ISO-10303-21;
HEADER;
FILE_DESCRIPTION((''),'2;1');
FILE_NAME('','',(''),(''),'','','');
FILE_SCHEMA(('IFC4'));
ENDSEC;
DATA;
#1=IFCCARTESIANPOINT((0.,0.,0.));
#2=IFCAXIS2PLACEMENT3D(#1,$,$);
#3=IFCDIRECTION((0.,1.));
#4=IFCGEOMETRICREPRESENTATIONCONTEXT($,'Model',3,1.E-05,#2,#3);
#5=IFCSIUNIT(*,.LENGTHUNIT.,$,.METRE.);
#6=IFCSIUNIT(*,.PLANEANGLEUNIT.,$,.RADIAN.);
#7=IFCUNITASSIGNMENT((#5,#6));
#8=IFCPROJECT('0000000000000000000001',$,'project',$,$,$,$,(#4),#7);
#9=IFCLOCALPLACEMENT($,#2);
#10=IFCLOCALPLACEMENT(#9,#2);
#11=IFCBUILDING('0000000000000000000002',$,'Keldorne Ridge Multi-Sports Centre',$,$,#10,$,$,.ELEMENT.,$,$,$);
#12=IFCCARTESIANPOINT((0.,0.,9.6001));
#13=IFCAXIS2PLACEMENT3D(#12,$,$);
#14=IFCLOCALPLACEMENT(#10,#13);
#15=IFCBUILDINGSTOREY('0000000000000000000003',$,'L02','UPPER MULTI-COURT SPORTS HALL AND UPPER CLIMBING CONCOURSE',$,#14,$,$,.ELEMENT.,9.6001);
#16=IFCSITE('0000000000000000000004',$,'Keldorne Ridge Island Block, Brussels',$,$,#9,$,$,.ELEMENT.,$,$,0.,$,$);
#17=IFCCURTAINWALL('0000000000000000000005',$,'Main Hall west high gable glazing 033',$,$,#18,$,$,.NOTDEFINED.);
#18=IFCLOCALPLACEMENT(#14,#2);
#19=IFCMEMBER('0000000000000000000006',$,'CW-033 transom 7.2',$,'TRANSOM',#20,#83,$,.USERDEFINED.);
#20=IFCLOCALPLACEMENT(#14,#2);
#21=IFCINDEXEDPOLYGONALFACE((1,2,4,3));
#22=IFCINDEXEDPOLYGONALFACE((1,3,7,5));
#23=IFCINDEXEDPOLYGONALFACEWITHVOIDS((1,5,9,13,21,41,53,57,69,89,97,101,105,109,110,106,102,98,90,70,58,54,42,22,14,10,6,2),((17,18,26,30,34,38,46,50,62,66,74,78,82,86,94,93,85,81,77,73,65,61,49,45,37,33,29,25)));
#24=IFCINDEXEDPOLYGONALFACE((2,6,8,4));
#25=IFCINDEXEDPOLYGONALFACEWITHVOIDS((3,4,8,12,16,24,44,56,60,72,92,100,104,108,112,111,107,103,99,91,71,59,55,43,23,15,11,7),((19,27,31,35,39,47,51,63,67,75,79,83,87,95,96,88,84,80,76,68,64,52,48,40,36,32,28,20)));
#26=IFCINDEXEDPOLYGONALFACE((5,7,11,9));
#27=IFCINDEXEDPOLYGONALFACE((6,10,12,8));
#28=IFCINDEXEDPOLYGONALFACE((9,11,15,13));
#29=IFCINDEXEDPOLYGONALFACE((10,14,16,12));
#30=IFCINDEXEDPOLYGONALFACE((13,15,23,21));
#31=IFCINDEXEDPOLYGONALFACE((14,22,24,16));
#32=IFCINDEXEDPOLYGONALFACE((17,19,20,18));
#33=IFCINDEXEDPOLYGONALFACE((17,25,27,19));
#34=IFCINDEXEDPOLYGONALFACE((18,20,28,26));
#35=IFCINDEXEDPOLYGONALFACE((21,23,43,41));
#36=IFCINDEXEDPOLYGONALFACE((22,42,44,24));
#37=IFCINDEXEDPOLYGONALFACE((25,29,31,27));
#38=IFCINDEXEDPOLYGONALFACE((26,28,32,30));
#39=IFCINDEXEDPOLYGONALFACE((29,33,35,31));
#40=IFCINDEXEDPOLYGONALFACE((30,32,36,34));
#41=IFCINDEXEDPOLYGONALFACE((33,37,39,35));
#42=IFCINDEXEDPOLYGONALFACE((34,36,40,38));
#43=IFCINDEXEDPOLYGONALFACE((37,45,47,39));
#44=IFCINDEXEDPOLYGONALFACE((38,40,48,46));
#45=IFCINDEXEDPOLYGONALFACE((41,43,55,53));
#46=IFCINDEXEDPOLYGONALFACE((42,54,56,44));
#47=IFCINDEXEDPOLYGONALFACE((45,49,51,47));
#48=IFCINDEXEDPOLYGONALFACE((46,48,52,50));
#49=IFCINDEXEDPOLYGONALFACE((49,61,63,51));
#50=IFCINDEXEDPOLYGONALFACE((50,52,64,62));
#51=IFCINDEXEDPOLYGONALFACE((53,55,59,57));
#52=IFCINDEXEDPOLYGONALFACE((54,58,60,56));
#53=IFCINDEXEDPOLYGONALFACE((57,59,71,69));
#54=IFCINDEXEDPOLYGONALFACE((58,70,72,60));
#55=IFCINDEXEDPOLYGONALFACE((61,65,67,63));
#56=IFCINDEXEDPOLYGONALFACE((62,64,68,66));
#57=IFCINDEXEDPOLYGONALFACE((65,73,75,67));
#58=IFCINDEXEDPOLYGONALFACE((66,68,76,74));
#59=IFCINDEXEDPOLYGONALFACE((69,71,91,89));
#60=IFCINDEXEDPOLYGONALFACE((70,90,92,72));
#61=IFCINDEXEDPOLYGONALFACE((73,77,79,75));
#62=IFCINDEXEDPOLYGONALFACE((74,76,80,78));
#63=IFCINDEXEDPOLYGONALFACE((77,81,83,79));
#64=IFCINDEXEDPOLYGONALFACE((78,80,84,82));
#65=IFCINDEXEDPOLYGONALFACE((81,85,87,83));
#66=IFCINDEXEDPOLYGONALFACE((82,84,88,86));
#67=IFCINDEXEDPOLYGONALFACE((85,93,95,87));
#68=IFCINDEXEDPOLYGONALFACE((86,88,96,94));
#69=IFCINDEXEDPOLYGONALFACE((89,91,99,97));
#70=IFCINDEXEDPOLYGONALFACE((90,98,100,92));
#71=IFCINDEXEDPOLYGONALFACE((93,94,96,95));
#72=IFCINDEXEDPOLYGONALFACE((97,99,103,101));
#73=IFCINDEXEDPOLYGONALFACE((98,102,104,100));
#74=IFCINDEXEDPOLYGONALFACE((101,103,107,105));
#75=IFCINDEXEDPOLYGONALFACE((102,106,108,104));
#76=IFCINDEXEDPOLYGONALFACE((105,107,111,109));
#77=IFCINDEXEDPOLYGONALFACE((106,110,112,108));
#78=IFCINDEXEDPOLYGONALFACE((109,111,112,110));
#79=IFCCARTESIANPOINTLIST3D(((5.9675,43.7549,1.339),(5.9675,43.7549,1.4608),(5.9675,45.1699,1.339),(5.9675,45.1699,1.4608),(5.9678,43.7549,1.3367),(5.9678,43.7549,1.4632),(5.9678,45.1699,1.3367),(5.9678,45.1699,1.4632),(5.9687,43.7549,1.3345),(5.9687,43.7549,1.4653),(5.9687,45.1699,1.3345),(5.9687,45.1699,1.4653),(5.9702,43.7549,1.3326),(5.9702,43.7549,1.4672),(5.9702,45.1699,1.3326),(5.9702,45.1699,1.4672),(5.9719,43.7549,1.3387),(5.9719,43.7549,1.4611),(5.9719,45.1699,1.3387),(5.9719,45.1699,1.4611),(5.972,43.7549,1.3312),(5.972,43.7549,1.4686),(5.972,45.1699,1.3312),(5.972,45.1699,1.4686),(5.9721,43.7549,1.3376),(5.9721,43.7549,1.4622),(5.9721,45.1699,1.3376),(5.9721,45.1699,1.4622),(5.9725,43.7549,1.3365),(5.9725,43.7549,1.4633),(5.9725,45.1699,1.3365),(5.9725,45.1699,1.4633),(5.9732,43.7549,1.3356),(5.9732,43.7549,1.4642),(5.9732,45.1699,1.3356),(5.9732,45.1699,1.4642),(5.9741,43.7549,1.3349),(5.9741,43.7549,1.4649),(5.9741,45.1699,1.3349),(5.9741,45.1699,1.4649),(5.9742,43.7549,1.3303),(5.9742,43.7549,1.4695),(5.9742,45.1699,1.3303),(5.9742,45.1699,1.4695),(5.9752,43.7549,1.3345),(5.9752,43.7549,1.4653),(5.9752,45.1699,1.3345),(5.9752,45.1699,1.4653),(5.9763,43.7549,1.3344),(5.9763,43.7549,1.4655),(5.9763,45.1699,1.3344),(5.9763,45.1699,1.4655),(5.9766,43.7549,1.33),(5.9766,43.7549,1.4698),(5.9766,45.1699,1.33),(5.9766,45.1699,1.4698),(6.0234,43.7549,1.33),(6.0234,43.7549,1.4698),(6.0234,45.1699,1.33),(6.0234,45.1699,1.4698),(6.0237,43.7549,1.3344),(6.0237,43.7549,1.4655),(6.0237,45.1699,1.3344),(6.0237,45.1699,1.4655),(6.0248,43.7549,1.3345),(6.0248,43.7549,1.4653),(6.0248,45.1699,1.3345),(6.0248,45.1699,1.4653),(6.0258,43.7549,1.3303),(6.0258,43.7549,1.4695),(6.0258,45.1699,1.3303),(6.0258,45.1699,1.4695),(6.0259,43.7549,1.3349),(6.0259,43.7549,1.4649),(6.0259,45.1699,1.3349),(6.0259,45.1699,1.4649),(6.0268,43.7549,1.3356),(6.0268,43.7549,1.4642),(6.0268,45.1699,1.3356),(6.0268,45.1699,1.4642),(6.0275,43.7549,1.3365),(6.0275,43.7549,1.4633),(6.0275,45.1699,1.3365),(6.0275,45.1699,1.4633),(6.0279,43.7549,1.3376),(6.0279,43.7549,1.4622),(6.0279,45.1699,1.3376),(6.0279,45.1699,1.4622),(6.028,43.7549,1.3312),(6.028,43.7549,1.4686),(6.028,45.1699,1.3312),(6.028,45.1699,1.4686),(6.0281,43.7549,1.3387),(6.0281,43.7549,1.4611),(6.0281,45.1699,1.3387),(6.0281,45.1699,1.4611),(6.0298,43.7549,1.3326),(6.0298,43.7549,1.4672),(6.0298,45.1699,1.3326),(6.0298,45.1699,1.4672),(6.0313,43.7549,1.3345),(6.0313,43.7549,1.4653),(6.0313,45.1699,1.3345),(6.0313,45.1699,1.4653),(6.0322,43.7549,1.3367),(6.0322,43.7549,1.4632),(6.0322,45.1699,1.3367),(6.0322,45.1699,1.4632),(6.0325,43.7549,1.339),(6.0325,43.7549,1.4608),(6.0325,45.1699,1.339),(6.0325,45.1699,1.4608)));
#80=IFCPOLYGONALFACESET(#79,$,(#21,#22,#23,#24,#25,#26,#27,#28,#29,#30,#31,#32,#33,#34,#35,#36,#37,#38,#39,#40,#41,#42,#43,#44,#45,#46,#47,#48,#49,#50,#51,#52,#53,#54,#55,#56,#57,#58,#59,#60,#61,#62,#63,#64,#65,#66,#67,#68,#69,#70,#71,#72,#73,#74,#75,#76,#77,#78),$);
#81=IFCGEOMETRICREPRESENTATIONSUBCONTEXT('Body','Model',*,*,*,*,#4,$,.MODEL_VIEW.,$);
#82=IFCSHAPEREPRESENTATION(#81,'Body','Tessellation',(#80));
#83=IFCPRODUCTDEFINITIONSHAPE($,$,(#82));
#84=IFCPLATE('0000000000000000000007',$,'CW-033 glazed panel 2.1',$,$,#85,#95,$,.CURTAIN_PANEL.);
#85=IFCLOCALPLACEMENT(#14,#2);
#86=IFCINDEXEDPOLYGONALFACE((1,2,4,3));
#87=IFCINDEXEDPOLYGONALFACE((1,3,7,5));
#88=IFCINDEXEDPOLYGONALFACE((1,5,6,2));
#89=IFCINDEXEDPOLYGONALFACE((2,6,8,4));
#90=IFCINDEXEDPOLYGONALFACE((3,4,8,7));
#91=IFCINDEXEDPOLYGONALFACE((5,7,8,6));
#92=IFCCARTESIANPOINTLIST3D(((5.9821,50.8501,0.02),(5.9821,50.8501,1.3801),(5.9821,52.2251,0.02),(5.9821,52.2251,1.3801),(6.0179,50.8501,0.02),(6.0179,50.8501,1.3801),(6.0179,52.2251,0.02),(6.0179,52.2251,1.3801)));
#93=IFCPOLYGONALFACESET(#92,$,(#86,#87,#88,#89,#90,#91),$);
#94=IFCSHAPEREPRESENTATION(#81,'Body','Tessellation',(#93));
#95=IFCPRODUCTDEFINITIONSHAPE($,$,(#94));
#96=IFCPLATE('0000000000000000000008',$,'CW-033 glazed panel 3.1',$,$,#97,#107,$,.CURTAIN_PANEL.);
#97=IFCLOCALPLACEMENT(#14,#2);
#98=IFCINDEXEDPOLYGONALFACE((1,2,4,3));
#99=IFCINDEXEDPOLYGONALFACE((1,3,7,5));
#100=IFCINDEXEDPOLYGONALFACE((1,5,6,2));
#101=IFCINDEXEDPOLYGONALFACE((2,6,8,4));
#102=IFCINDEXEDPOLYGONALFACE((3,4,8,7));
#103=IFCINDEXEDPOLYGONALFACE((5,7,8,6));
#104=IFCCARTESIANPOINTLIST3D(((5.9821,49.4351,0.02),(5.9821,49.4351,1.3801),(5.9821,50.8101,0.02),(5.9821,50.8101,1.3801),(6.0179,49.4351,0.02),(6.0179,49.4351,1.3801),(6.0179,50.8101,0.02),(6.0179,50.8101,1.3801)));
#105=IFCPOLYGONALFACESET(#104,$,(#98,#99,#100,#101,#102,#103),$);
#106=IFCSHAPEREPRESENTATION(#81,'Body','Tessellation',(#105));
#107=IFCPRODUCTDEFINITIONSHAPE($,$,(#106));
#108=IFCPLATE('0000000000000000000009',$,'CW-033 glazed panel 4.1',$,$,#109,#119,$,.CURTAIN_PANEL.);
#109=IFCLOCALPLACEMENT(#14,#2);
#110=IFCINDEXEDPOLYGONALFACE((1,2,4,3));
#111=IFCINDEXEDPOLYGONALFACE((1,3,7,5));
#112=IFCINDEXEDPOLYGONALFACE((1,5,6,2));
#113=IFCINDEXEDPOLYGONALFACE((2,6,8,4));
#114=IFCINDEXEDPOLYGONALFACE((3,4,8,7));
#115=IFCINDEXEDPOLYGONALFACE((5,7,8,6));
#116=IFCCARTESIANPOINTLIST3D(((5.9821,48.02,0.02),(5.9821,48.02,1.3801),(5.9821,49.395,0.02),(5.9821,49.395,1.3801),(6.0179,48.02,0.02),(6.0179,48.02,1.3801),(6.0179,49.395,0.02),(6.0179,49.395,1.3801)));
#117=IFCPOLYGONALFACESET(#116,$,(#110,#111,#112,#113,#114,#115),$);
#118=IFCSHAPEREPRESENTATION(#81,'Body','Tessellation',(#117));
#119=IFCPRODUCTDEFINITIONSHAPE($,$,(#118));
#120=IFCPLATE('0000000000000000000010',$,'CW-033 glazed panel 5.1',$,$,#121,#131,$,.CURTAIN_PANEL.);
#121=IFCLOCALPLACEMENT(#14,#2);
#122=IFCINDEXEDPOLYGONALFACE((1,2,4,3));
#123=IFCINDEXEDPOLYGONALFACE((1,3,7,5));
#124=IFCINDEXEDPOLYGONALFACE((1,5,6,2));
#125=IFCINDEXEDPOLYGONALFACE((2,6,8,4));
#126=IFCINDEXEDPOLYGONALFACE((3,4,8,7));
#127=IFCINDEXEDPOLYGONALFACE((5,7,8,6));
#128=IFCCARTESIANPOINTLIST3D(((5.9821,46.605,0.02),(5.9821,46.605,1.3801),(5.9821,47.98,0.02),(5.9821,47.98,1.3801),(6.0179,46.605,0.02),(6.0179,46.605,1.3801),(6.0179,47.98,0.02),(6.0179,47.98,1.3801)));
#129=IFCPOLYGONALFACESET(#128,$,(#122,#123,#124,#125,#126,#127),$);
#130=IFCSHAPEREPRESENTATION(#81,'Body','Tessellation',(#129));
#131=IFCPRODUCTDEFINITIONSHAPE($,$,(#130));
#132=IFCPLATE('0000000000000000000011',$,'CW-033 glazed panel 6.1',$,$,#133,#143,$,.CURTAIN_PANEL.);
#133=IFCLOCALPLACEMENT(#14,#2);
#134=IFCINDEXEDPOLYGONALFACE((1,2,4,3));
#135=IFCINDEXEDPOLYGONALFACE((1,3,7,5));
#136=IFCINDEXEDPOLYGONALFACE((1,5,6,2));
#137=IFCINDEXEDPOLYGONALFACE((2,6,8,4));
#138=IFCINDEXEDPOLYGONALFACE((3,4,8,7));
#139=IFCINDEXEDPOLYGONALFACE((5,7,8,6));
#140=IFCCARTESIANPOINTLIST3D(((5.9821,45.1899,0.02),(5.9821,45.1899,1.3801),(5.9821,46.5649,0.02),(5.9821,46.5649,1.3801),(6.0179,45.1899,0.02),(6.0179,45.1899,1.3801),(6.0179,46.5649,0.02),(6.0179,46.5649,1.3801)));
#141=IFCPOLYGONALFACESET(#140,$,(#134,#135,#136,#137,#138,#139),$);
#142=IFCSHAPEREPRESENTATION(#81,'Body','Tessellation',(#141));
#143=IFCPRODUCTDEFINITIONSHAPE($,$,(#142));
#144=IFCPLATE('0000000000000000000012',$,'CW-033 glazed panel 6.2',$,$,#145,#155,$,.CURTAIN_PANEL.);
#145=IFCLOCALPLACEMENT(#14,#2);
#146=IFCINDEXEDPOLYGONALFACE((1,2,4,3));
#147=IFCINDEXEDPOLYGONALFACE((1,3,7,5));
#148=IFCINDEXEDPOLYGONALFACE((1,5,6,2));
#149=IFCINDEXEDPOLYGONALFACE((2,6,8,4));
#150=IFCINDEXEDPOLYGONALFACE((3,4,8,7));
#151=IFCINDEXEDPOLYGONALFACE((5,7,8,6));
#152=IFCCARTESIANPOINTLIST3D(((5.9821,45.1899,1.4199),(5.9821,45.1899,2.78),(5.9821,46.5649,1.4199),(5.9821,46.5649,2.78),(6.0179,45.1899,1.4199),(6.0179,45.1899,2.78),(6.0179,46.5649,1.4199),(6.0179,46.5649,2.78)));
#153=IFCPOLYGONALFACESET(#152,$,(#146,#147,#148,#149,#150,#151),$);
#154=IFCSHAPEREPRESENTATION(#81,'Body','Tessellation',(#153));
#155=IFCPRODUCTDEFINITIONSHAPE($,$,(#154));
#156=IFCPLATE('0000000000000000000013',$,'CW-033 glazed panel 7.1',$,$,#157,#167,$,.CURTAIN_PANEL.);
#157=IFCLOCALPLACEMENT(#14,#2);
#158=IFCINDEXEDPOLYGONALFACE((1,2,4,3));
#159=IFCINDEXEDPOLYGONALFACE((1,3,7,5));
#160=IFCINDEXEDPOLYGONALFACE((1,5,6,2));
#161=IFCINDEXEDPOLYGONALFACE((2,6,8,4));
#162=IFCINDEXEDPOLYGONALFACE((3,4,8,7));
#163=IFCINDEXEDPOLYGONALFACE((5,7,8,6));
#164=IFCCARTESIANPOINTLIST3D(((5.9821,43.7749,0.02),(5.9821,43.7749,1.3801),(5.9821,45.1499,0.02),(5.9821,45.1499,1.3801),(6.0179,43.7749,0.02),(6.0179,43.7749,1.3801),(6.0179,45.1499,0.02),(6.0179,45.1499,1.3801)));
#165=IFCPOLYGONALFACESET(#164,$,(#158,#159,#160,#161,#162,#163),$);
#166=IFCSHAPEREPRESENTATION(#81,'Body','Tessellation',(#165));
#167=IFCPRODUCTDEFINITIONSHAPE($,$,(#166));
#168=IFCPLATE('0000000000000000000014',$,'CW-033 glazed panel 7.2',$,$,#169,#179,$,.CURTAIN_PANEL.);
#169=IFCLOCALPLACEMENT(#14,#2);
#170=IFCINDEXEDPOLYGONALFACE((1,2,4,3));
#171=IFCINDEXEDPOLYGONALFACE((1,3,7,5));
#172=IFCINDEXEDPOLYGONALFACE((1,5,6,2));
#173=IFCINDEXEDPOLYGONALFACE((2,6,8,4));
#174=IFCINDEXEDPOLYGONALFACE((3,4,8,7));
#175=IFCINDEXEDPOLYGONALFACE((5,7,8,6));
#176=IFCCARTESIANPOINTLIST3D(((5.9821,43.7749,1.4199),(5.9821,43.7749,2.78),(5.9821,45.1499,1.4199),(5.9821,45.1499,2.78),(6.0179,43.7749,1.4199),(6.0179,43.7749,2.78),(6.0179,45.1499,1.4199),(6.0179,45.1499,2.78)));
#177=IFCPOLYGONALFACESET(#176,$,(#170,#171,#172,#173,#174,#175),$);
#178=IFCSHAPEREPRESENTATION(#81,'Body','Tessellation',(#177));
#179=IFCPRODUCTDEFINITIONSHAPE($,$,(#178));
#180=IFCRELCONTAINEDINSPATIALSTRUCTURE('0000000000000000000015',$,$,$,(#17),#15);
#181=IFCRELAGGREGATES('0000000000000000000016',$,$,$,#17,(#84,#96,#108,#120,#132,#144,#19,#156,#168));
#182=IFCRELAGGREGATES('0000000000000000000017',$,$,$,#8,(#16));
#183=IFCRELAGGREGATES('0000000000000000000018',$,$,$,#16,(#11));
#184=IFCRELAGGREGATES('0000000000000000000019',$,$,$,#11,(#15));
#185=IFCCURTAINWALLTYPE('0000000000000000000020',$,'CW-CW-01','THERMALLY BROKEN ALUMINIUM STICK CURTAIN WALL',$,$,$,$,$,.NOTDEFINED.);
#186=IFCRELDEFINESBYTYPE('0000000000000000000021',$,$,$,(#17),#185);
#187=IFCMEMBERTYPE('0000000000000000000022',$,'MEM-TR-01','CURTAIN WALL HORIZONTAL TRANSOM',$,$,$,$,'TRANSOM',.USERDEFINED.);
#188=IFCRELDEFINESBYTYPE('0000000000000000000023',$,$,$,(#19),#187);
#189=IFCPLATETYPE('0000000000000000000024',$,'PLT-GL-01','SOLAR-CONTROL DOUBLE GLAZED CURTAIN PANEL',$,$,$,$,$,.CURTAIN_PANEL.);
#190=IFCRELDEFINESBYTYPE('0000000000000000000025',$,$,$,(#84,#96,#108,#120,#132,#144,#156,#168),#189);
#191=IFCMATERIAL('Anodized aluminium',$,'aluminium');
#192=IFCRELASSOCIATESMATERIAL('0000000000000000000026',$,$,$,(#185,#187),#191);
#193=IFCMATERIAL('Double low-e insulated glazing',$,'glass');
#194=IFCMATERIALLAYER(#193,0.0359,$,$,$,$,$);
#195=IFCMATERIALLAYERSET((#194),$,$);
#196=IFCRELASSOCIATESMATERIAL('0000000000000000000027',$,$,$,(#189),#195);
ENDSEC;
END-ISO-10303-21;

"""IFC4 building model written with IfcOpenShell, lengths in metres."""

from ifc_helpers import new_model, si_unit, direction, frame, origin, origin_2d, place, context, subcontext, project, spatial, rectangle, hollow_rectangle, extrude, material, layer, layer_set, material_profile, profile_set, type_object, element, aggregate, save


model = new_model("IFC4")

# Units and contexts
model_context = context("Model", 3, precision=1e-05, world=origin(), true_north=direction((0.0, 1.0)))
body_context = subcontext(model_context, "Body", "Model", "MODEL_VIEW")
ifc_project = project(units=[si_unit("LENGTHUNIT", "METRE"), si_unit("PLANEANGLEUNIT", "RADIAN")], contexts=[model_context])

# Site, building, storey
site_placement = place(None, origin())
site = spatial("IfcSite", under=ifc_project, at=site_placement, Name="Keldorne Ridge Island Block, Brussels", CompositionType="ELEMENT", RefElevation=0.0)
building_placement = place(site_placement, origin())
building = spatial("IfcBuilding", under=site, at=building_placement, Name="Keldorne Ridge Multi-Sports Centre", CompositionType="ELEMENT")
storey_placement = place(building_placement, frame((0.0, 0.0, 9.6001)))
storey = spatial("IfcBuildingStorey", under=building, at=storey_placement, Name="L02", Description="UPPER MULTI-COURT SPORTS HALL AND UPPER CLIMBING CONCOURSE", CompositionType="ELEMENT", Elevation=9.6001)

# Curtain wall, member, plates
ifc_material_1 = material(Name="Anodized aluminium", Category="aluminium")
curtain_wall_type = type_object("IfcCurtainWallType", Name="CW-CW-01", Description="THERMALLY BROKEN ALUMINIUM STICK CURTAIN WALL", PredefinedType="NOTDEFINED", material=ifc_material_1)
curtain_wall_placement = place(storey_placement, origin())
curtain_wall = element("IfcCurtainWall", 1, at=curtain_wall_placement, inside=storey, type_object=curtain_wall_type, Name="Main Hall west high gable glazing 033", PredefinedType="NOTDEFINED")
ifc_material_profile_1 = material_profile(ifc_material_1, hollow_rectangle(XDim=0.0649, YDim=0.1399, WallThickness=0.0044, InnerFilletRadius=0.0044, OuterFilletRadius=0.009, at=origin_2d()), Name="ALU TRANSOM 140x65x4.5")
ifc_profile_set_1 = profile_set([ifc_material_profile_1], Name="Anodized aluminium")
member_type_1 = type_object("IfcMemberType", Name="MEM-TR-01", Description="CURTAIN WALL HORIZONTAL TRANSOM", ElementType="TRANSOM", PredefinedType="USERDEFINED", material=ifc_profile_set_1)
member_1_placement = place(storey_placement, frame((6.0, 45.1699, 1.3999), z_axis=(0.0, -1.0, 0.0), x_axis=(1.0, 0.0, 0.0)))
member_1 = element("IfcMember", 2, at=member_1_placement, type_object=member_type_1, Name="CW-033 transom 7.2", ObjectType="TRANSOM", PredefinedType="USERDEFINED", context=body_context, shape_type="SweptSolid", body=[
    extrude(hollow_rectangle(XDim=0.0649, YDim=0.1399, WallThickness=0.0044, InnerFilletRadius=0.0044, OuterFilletRadius=0.009, at=origin_2d()), origin(), (0.0, 0.0, 1.0), 1.415),
])
ifc_material_2 = material(Name="Double low-e insulated glazing", Category="glass")
ifc_layer = layer(ifc_material_2, 0.0359)
ifc_layer_set = layer_set([ifc_layer])
plate_type = type_object("IfcPlateType", Name="PLT-GL-01", Description="SOLAR-CONTROL DOUBLE GLAZED CURTAIN PANEL", PredefinedType="CURTAIN_PANEL", material=ifc_layer_set)
plate_1_placement = place(storey_placement, frame((6.0, 51.5376, 0.02), z_axis=(0.0, 0.0, 1.0), x_axis=(0.0, -1.0, 0.0)))
plate_1 = element("IfcPlate", 3, at=plate_1_placement, type_object=plate_type, Name="CW-033 glazed panel 2.1", PredefinedType="CURTAIN_PANEL", context=body_context, shape_type="SweptSolid", body=[
    extrude(rectangle(XDim=1.375, YDim=0.0359, at=origin_2d()), origin(), (0.0, 0.0, 1.0), 1.3601),
])
plate_2_placement = place(storey_placement, frame((6.0, 50.1226, 0.02), z_axis=(0.0, 0.0, 1.0), x_axis=(0.0, -1.0, 0.0)))
plate_2 = element("IfcPlate", 4, at=plate_2_placement, type_object=plate_type, Name="CW-033 glazed panel 3.1", PredefinedType="CURTAIN_PANEL", context=body_context, shape_type="SweptSolid", body=[
    extrude(rectangle(XDim=1.375, YDim=0.0359, at=origin_2d()), origin(), (0.0, 0.0, 1.0), 1.3601),
])
plate_3_placement = place(storey_placement, frame((6.0, 48.7075, 0.02), z_axis=(0.0, 0.0, 1.0), x_axis=(0.0, -1.0, 0.0)))
plate_3 = element("IfcPlate", 5, at=plate_3_placement, type_object=plate_type, Name="CW-033 glazed panel 4.1", PredefinedType="CURTAIN_PANEL", context=body_context, shape_type="SweptSolid", body=[
    extrude(rectangle(XDim=1.375, YDim=0.0359, at=origin_2d()), origin(), (0.0, 0.0, 1.0), 1.3601),
])
plate_4_placement = place(storey_placement, frame((6.0, 47.2925, 0.02), z_axis=(0.0, 0.0, 1.0), x_axis=(0.0, -1.0, 0.0)))
plate_4 = element("IfcPlate", 6, at=plate_4_placement, type_object=plate_type, Name="CW-033 glazed panel 5.1", PredefinedType="CURTAIN_PANEL", context=body_context, shape_type="SweptSolid", body=[
    extrude(rectangle(XDim=1.375, YDim=0.0359, at=origin_2d()), origin(), (0.0, 0.0, 1.0), 1.3601),
])
plate_5_placement = place(storey_placement, frame((6.0, 45.8774, 0.02), z_axis=(0.0, 0.0, 1.0), x_axis=(0.0, -1.0, 0.0)))
plate_5 = element("IfcPlate", 7, at=plate_5_placement, type_object=plate_type, Name="CW-033 glazed panel 6.1", PredefinedType="CURTAIN_PANEL", context=body_context, shape_type="SweptSolid", body=[
    extrude(rectangle(XDim=1.375, YDim=0.0359, at=origin_2d()), origin(), (0.0, 0.0, 1.0), 1.3601),
])
plate_6_placement = place(storey_placement, frame((6.0, 45.8774, 1.4199), z_axis=(0.0, 0.0, 1.0), x_axis=(0.0, -1.0, 0.0)))
plate_6 = element("IfcPlate", 8, at=plate_6_placement, type_object=plate_type, Name="CW-033 glazed panel 6.2", PredefinedType="CURTAIN_PANEL", context=body_context, shape_type="SweptSolid", body=[
    extrude(rectangle(XDim=1.375, YDim=0.0359, at=origin_2d()), origin(), (0.0, 0.0, 1.0), 1.3601),
])
plate_7_placement = place(storey_placement, frame((6.0, 44.4624, 0.02), z_axis=(0.0, 0.0, 1.0), x_axis=(0.0, -1.0, 0.0)))
plate_7 = element("IfcPlate", 9, at=plate_7_placement, type_object=plate_type, Name="CW-033 glazed panel 7.1", PredefinedType="CURTAIN_PANEL", context=body_context, shape_type="SweptSolid", body=[
    extrude(rectangle(XDim=1.375, YDim=0.0359, at=origin_2d()), origin(), (0.0, 0.0, 1.0), 1.3601),
])
plate_8_placement = place(storey_placement, frame((6.0, 44.4624, 1.4199), z_axis=(0.0, 0.0, 1.0), x_axis=(0.0, -1.0, 0.0)))
plate_8 = element("IfcPlate", 10, at=plate_8_placement, type_object=plate_type, Name="CW-033 glazed panel 7.2", PredefinedType="CURTAIN_PANEL", context=body_context, shape_type="SweptSolid", body=[
    extrude(rectangle(XDim=1.375, YDim=0.0359, at=origin_2d()), origin(), (0.0, 0.0, 1.0), 1.3601),
])
aggregate(curtain_wall, [plate_1, plate_2, plate_3, plate_4, plate_5, plate_6, member_1, plate_7, plate_8])

save(model, "model.ifc")
